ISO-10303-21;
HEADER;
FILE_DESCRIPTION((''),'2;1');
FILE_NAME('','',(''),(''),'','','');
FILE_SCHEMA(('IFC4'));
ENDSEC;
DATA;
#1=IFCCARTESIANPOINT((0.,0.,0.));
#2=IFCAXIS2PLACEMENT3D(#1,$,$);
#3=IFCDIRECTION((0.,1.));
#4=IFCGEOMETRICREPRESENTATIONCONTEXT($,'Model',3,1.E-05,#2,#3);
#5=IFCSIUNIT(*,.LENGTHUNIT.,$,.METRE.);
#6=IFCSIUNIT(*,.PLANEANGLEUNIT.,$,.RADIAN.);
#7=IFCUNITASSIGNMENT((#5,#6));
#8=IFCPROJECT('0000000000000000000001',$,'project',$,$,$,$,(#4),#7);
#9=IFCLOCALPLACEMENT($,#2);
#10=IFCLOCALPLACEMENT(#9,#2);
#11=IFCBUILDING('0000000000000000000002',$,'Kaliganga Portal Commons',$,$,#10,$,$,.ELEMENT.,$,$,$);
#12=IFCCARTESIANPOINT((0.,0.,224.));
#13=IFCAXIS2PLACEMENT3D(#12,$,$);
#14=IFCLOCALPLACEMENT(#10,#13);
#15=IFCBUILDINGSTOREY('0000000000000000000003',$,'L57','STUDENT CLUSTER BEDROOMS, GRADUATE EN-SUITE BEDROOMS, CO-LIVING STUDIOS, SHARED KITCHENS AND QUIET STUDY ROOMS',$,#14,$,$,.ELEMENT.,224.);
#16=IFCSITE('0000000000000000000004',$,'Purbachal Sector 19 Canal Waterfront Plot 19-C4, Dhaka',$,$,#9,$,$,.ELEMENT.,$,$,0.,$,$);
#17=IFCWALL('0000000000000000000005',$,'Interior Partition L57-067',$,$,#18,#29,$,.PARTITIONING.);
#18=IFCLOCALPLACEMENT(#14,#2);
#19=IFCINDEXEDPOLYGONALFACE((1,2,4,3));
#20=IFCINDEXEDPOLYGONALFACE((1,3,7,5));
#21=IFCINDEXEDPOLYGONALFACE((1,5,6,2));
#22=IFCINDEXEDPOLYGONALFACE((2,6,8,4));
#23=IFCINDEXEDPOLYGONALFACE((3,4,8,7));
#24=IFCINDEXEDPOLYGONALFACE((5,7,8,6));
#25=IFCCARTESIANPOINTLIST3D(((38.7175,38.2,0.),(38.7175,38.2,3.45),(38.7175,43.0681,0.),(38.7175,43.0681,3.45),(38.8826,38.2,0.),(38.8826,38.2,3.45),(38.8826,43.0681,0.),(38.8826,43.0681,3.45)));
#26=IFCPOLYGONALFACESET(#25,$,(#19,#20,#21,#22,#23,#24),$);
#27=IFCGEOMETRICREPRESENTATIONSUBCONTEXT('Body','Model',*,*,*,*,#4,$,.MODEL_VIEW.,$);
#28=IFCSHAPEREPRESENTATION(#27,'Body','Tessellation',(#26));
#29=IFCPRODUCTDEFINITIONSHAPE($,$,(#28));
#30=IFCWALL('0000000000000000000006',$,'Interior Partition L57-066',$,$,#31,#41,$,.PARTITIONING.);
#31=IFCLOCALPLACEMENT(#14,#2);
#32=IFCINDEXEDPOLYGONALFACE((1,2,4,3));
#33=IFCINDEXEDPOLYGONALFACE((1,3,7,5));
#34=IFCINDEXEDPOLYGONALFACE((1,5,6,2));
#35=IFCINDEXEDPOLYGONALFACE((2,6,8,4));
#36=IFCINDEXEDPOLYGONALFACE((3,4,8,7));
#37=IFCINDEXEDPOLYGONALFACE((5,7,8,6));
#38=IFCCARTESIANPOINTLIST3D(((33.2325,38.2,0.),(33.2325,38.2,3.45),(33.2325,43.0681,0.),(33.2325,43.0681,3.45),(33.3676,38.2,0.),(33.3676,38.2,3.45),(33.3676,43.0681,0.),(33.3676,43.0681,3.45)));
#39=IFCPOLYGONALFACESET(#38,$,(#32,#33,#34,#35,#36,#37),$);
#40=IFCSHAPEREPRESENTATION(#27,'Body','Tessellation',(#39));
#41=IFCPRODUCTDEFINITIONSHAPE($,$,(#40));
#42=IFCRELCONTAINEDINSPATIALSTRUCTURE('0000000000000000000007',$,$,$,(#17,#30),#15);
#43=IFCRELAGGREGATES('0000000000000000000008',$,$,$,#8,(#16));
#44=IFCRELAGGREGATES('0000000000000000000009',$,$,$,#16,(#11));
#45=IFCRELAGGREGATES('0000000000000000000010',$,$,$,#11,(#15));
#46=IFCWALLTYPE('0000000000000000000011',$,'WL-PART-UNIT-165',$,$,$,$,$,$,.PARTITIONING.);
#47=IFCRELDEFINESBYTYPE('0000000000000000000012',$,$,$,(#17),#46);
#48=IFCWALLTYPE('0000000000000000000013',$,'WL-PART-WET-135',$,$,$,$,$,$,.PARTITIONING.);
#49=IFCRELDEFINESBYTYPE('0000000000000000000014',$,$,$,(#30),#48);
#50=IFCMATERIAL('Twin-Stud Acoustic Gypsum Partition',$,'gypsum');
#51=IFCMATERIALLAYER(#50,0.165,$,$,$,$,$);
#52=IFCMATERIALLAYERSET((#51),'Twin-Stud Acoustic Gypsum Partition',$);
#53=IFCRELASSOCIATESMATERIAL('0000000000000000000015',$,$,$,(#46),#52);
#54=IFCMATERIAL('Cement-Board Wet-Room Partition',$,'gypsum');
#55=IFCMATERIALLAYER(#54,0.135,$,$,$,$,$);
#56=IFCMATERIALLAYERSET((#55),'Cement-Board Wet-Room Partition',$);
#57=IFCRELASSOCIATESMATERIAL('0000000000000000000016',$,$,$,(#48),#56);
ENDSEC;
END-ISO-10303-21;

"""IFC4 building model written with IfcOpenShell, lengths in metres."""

from ifc_helpers import new_model, si_unit, direction, frame, frame_2d, origin, place, context, subcontext, project, spatial, rectangle, extrude, material, layer, layer_set, type_object, element, save


model = new_model("IFC4")

# Units and contexts
model_context = context("Model", 3, precision=1e-05, world=origin(), true_north=direction((0.0, 1.0)))
body_context = subcontext(model_context, "Body", "Model", "MODEL_VIEW")
ifc_project = project(units=[si_unit("LENGTHUNIT", "METRE"), si_unit("PLANEANGLEUNIT", "RADIAN")], contexts=[model_context])

# Site, building, storey
site_placement = place(None, origin())
site = spatial("IfcSite", under=ifc_project, at=site_placement, Name="Purbachal Sector 19 Canal Waterfront Plot 19-C4, Dhaka", CompositionType="ELEMENT", RefElevation=0.0)
building_placement = place(site_placement, origin())
building = spatial("IfcBuilding", under=site, at=building_placement, Name="Kaliganga Portal Commons", CompositionType="ELEMENT")
storey_placement = place(building_placement, frame((0.0, 0.0, 224.0)))
storey = spatial("IfcBuildingStorey", under=building, at=storey_placement, Name="L57", Description="STUDENT CLUSTER BEDROOMS, GRADUATE EN-SUITE BEDROOMS, CO-LIVING STUDIOS, SHARED KITCHENS AND QUIET STUDY ROOMS", CompositionType="ELEMENT", Elevation=224.0)

# Walls
ifc_material_1 = material(Name="Twin-Stud Acoustic Gypsum Partition", Category="gypsum")
ifc_layer_1 = layer(ifc_material_1, 0.165)
ifc_layer_set_1 = layer_set([ifc_layer_1], Name="Twin-Stud Acoustic Gypsum Partition")
wall_type_1 = type_object("IfcWallType", Name="WL-PART-UNIT-165", PredefinedType="PARTITIONING", material=ifc_layer_set_1)
wall_1_placement = place(storey_placement, frame((38.8, 38.2, 0.0), z_axis=(0.0, 0.0, 1.0), x_axis=(0.0, 1.0, 0.0)))
element("IfcWall", 1, at=wall_1_placement, inside=storey, type_object=wall_type_1, Name="Interior Partition L57-067", PredefinedType="PARTITIONING", context=body_context, shape_type="SweptSolid", body=[
    extrude(rectangle(XDim=4.8682, YDim=0.165, at=frame_2d((2.4341, 0.0))), origin(), (0.0, 0.0, 1.0), 3.45),
])
ifc_material_2 = material(Name="Cement-Board Wet-Room Partition", Category="gypsum")
ifc_layer_2 = layer(ifc_material_2, 0.135)
ifc_layer_set_2 = layer_set([ifc_layer_2], Name="Cement-Board Wet-Room Partition")
wall_type_2 = type_object("IfcWallType", Name="WL-PART-WET-135", PredefinedType="PARTITIONING", material=ifc_layer_set_2)
wall_2_placement = place(storey_placement, frame((33.3, 38.2, 0.0), z_axis=(0.0, 0.0, 1.0), x_axis=(0.0, 1.0, 0.0)))
element("IfcWall", 2, at=wall_2_placement, inside=storey, type_object=wall_type_2, Name="Interior Partition L57-066", PredefinedType="PARTITIONING", context=body_context, shape_type="SweptSolid", body=[
    extrude(rectangle(XDim=4.8682, YDim=0.135, at=frame_2d((2.4341, 0.0))), origin(), (0.0, 0.0, 1.0), 3.45),
])

save(model, "model.ifc")
